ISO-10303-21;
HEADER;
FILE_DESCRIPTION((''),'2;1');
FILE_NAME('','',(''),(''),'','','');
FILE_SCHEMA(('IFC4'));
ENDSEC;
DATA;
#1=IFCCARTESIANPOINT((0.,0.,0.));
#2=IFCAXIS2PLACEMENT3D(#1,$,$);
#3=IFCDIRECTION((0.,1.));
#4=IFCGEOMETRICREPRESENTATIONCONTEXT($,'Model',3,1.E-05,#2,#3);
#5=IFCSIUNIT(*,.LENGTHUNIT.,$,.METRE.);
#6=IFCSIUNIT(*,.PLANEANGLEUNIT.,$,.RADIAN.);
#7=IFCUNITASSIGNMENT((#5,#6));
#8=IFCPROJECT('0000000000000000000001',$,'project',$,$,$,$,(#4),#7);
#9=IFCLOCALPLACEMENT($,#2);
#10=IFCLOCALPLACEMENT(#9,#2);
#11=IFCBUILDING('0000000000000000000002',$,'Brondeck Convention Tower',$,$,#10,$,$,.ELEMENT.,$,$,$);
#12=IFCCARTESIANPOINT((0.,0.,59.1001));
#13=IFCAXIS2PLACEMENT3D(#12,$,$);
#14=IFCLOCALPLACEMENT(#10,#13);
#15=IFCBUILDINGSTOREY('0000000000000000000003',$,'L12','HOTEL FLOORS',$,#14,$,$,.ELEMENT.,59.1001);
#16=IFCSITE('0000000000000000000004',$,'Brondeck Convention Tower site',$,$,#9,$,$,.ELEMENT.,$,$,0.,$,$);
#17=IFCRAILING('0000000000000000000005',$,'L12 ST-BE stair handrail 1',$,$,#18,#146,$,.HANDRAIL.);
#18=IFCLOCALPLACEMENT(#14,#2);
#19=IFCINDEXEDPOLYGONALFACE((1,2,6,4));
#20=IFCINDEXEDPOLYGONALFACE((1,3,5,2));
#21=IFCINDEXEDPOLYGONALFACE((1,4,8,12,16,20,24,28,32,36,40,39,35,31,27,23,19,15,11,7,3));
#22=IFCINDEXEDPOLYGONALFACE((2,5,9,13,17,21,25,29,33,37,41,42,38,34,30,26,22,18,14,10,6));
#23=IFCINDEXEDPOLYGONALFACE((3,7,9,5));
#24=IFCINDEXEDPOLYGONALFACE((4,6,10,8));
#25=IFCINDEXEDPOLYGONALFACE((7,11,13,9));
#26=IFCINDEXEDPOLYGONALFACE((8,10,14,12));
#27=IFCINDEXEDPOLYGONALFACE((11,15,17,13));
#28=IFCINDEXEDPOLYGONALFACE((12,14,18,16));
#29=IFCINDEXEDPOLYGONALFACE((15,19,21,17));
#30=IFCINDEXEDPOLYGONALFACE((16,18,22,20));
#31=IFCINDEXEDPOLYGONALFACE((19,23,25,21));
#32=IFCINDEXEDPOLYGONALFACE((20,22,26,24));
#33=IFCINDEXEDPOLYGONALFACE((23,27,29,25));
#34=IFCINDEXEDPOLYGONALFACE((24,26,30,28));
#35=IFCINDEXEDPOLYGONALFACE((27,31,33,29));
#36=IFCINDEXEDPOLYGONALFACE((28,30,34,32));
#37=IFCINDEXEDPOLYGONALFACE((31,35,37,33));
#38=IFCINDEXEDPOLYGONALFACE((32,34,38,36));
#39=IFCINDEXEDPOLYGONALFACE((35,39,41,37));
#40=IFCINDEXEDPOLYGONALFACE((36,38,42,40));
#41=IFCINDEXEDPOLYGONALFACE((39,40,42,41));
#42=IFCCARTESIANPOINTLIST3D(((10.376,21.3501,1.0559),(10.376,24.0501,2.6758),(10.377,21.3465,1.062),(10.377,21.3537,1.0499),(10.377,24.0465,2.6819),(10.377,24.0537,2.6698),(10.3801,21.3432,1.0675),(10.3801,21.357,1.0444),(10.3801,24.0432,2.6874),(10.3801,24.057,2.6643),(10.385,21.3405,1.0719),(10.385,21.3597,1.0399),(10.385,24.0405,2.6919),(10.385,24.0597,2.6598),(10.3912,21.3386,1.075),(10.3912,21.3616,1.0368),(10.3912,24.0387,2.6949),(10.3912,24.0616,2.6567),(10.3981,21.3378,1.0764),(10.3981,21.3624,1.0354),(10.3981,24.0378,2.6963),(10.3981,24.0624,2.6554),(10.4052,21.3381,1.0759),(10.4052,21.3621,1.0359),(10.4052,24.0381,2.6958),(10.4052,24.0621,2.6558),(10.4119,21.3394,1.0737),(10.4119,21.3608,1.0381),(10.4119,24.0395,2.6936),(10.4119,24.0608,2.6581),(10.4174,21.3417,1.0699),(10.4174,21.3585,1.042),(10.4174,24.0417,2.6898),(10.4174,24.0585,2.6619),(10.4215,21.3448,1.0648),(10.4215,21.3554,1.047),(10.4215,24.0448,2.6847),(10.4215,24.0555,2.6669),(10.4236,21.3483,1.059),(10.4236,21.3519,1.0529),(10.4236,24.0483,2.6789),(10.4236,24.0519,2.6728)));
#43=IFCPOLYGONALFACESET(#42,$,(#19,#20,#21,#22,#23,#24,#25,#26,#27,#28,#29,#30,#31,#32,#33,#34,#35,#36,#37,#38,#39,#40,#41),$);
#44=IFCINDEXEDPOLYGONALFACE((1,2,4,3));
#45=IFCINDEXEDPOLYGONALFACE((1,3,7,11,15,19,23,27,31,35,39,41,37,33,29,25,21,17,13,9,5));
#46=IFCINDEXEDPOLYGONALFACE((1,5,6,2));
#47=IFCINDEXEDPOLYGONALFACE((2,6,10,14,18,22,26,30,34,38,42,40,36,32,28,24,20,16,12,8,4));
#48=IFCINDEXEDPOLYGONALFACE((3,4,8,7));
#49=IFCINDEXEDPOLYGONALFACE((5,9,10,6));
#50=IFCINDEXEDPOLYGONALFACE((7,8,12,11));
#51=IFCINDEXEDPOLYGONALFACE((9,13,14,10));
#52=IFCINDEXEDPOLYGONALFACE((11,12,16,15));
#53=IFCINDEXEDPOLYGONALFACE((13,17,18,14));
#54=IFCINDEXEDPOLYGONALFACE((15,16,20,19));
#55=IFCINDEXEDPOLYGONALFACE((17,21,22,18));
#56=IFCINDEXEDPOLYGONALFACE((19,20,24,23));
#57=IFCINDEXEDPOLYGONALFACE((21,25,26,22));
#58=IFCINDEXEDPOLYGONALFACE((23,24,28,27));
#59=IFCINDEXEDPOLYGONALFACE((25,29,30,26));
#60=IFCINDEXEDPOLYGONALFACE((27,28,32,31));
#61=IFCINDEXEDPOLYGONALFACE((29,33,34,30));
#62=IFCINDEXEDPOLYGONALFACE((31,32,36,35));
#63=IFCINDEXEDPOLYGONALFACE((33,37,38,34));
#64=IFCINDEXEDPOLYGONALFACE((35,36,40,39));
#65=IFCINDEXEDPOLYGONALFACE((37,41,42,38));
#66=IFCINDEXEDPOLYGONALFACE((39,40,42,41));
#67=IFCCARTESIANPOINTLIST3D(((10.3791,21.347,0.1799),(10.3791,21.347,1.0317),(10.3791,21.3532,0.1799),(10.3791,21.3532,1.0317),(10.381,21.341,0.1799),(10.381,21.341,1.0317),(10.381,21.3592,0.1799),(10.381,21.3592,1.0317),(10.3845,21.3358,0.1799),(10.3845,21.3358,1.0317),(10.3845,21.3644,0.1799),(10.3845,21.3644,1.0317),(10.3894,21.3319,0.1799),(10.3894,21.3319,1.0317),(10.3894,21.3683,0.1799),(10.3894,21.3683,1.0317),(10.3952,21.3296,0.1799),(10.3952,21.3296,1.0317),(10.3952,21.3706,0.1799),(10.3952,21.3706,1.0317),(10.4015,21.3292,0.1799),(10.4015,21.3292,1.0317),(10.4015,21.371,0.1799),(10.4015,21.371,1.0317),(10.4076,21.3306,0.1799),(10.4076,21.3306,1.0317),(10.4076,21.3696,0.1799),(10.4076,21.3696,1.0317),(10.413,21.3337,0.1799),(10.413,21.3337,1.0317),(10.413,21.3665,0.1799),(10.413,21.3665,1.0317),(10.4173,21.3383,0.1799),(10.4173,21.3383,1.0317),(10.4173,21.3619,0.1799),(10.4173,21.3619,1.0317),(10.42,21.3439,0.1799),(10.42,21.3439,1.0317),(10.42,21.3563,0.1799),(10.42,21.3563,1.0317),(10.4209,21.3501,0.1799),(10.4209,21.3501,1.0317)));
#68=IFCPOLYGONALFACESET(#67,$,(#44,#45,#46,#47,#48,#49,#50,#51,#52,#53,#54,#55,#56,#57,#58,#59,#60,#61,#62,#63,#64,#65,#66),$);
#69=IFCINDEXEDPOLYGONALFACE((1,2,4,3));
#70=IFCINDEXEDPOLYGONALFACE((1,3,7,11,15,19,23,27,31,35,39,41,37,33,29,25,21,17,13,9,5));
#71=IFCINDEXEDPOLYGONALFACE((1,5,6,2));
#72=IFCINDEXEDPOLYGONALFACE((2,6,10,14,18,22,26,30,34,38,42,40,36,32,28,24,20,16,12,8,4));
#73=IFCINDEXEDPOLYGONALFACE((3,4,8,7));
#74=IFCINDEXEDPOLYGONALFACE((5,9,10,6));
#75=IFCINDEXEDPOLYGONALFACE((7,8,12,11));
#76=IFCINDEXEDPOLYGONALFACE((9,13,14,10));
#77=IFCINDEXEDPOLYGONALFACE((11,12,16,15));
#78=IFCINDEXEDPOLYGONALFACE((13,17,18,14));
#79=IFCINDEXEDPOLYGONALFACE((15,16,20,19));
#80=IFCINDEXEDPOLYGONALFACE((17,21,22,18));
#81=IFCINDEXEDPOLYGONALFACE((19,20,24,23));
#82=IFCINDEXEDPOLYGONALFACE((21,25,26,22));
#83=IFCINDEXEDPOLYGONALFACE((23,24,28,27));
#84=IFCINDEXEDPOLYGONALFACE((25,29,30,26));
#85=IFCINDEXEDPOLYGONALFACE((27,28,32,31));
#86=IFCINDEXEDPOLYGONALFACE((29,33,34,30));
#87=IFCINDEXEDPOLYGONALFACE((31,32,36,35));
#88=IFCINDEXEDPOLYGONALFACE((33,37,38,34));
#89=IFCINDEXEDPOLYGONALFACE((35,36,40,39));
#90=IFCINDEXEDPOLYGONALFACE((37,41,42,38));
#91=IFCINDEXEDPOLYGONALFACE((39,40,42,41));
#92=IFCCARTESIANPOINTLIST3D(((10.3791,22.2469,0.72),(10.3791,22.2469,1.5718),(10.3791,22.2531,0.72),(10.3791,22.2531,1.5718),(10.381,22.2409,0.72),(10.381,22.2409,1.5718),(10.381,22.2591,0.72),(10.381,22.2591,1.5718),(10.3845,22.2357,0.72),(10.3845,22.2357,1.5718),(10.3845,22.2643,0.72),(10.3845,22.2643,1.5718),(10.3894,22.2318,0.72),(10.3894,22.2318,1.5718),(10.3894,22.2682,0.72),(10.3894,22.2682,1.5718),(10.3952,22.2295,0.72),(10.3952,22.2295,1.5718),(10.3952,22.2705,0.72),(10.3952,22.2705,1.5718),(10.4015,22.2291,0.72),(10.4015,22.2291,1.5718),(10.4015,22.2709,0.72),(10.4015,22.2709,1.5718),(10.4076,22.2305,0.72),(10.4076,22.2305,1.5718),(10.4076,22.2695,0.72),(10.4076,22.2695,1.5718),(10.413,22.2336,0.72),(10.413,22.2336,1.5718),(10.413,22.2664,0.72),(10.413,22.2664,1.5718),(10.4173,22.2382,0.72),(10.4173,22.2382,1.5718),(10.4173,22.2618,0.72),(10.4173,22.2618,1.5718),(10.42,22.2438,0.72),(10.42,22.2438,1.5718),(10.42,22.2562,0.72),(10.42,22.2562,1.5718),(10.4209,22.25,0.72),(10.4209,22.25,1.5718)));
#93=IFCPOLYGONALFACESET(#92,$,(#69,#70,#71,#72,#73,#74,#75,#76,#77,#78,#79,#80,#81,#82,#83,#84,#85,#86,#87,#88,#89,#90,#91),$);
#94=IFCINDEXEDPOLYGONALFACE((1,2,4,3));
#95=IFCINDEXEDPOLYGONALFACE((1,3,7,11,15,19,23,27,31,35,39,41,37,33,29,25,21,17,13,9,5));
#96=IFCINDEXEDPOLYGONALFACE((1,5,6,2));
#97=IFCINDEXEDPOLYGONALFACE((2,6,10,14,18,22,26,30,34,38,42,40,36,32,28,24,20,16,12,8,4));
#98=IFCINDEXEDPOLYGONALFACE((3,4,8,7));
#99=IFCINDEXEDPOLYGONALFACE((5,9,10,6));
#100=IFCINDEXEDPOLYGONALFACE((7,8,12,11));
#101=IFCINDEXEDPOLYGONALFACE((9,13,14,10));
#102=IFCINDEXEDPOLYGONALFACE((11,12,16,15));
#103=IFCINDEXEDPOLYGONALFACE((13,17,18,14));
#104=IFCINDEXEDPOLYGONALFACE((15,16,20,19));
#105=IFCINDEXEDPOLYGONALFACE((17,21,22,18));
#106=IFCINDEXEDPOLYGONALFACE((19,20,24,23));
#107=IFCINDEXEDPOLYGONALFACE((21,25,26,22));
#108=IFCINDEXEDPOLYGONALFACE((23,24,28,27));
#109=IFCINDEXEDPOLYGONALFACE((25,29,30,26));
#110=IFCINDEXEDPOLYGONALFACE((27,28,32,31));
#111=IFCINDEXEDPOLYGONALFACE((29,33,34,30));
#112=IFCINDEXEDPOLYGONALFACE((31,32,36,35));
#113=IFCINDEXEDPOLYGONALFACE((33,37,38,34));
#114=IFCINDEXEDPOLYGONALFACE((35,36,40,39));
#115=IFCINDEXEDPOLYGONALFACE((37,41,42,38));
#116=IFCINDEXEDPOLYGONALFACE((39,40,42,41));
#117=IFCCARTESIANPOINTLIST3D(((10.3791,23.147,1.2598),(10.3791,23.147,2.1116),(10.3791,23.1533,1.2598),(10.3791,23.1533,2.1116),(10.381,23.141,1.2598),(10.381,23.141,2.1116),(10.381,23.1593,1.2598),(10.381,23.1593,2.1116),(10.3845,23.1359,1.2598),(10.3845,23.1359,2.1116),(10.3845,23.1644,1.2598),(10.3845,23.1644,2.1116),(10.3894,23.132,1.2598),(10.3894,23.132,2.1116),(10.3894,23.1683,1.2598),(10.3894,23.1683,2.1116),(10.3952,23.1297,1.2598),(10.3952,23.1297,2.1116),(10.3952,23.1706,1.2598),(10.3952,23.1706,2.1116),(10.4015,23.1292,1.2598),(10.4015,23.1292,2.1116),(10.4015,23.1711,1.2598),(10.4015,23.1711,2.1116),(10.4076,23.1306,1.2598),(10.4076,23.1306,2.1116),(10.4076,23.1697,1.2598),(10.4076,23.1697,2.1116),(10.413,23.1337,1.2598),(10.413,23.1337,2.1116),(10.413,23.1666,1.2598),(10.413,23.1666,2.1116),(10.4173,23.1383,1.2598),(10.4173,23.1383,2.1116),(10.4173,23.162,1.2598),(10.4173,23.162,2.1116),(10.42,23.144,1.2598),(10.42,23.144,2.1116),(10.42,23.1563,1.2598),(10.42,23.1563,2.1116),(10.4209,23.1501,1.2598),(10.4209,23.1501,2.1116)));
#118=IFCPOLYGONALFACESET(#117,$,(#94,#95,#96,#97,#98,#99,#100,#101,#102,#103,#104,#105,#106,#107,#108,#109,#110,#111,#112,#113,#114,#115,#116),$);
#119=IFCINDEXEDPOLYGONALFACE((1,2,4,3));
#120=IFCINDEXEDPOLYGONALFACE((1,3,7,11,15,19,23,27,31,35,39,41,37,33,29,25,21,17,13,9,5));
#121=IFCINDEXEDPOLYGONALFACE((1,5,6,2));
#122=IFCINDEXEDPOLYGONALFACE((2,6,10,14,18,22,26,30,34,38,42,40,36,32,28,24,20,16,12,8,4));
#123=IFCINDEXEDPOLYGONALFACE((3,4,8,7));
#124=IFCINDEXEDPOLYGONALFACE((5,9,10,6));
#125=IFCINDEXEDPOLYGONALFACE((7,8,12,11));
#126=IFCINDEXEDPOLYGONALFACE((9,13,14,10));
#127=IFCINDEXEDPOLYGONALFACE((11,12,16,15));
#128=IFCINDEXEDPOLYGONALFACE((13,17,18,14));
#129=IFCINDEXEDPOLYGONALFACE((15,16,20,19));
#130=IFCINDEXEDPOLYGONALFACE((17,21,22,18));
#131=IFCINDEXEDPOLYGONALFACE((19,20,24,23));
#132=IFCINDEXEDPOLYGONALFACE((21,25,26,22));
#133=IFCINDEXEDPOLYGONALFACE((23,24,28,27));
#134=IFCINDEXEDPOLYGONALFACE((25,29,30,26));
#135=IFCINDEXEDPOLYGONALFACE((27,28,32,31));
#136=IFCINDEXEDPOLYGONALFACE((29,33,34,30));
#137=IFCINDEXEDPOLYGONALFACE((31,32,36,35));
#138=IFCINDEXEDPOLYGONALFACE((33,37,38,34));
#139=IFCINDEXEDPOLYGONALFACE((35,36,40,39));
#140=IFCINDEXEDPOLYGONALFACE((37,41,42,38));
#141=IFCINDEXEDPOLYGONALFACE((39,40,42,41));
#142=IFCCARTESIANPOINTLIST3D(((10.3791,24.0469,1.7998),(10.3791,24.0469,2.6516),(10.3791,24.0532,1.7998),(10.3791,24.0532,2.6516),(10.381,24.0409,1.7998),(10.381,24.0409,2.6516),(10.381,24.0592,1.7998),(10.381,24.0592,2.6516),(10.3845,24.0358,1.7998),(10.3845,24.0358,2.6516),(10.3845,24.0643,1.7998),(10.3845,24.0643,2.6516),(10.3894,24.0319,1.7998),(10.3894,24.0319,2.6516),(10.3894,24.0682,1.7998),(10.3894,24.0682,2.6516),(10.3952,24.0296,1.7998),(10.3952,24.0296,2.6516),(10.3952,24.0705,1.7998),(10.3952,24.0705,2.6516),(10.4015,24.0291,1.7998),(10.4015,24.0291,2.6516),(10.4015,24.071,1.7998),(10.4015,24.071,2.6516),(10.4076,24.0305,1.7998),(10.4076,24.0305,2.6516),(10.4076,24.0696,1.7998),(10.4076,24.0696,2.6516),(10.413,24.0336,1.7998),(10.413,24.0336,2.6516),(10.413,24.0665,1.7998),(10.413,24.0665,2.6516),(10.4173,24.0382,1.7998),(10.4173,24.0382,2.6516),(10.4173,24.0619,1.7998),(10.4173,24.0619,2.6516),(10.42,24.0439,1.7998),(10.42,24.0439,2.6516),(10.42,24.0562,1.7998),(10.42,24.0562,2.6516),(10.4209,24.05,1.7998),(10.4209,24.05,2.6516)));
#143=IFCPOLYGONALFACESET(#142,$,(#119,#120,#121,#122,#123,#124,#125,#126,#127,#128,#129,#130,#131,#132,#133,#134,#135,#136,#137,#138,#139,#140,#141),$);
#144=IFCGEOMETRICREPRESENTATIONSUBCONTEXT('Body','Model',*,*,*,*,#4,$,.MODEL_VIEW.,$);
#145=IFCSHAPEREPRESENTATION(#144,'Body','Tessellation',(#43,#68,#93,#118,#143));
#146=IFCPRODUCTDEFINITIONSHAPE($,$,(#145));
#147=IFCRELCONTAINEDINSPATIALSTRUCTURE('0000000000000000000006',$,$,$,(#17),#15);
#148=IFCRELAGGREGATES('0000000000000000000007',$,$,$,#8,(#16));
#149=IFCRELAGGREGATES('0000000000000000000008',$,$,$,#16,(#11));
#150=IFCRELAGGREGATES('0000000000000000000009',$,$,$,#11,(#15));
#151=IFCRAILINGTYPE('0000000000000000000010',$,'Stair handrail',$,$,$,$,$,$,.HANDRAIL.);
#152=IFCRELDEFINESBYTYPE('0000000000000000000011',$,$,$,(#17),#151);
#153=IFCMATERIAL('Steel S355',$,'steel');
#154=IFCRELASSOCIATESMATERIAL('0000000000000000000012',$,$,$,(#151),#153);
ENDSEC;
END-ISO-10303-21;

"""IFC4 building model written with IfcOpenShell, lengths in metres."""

from ifc_helpers import new_model, si_unit, direction, frame, origin, origin_2d, place, context, subcontext, project, spatial, circle, extrude, material, type_object, element, save


model = new_model("IFC4")

# Units and contexts
model_context = context("Model", 3, precision=1e-05, world=origin(), true_north=direction((0.0, 1.0)))
body_context = subcontext(model_context, "Body", "Model", "MODEL_VIEW")
ifc_project = project(units=[si_unit("LENGTHUNIT", "METRE"), si_unit("PLANEANGLEUNIT", "RADIAN")], contexts=[model_context])

# Site, building, storey
site_placement = place(None, origin())
site = spatial("IfcSite", under=ifc_project, at=site_placement, Name="Brondeck Convention Tower site", CompositionType="ELEMENT", RefElevation=0.0)
building_placement = place(site_placement, origin())
building = spatial("IfcBuilding", under=site, at=building_placement, Name="Brondeck Convention Tower", CompositionType="ELEMENT")
storey_placement = place(building_placement, frame((0.0, 0.0, 59.1001)))
storey = spatial("IfcBuildingStorey", under=building, at=storey_placement, Name="L12", Description="HOTEL FLOORS", CompositionType="ELEMENT", Elevation=59.1001)

# Shared definitions
ifc_material_1 = material(Name="Steel S355", Category="steel")

# Railing
railing_type_1 = type_object("IfcRailingType", Name="Stair handrail", PredefinedType="HANDRAIL", material=ifc_material_1)
railing_1_placement = place(storey_placement, frame((10.3999, 21.3501, 0.1799)))
element("IfcRailing", 1, at=railing_1_placement, inside=storey, type_object=railing_type_1, Name="L12 ST-BE stair handrail 1", PredefinedType="HANDRAIL", context=body_context, shape_type="SweptSolid", body=[
    extrude(circle(Radius=0.0239, at=origin_2d()), frame((0.0, 0.0, 0.876), z_axis=(0.0, 0.857507, 0.514473), x_axis=(-1.0, 0.0, 0.0)), (0.0, 0.0, 1.0), 3.1487),
    extrude(circle(Radius=0.021, at=origin_2d()), origin(), (0.0, 0.0, 1.0), 0.8518),
    extrude(circle(Radius=0.021, at=origin_2d()), frame((0.0, 0.8999, 0.54)), (0.0, 0.0, 1.0), 0.8518),
    extrude(circle(Radius=0.021, at=origin_2d()), frame((0.0, 1.8, 1.0798)), (0.0, 0.0, 1.0), 0.8518),
    extrude(circle(Radius=0.021, at=origin_2d()), frame((0.0, 2.7, 1.6199)), (0.0, 0.0, 1.0), 0.8518),
])

save(model, "model.ifc")
